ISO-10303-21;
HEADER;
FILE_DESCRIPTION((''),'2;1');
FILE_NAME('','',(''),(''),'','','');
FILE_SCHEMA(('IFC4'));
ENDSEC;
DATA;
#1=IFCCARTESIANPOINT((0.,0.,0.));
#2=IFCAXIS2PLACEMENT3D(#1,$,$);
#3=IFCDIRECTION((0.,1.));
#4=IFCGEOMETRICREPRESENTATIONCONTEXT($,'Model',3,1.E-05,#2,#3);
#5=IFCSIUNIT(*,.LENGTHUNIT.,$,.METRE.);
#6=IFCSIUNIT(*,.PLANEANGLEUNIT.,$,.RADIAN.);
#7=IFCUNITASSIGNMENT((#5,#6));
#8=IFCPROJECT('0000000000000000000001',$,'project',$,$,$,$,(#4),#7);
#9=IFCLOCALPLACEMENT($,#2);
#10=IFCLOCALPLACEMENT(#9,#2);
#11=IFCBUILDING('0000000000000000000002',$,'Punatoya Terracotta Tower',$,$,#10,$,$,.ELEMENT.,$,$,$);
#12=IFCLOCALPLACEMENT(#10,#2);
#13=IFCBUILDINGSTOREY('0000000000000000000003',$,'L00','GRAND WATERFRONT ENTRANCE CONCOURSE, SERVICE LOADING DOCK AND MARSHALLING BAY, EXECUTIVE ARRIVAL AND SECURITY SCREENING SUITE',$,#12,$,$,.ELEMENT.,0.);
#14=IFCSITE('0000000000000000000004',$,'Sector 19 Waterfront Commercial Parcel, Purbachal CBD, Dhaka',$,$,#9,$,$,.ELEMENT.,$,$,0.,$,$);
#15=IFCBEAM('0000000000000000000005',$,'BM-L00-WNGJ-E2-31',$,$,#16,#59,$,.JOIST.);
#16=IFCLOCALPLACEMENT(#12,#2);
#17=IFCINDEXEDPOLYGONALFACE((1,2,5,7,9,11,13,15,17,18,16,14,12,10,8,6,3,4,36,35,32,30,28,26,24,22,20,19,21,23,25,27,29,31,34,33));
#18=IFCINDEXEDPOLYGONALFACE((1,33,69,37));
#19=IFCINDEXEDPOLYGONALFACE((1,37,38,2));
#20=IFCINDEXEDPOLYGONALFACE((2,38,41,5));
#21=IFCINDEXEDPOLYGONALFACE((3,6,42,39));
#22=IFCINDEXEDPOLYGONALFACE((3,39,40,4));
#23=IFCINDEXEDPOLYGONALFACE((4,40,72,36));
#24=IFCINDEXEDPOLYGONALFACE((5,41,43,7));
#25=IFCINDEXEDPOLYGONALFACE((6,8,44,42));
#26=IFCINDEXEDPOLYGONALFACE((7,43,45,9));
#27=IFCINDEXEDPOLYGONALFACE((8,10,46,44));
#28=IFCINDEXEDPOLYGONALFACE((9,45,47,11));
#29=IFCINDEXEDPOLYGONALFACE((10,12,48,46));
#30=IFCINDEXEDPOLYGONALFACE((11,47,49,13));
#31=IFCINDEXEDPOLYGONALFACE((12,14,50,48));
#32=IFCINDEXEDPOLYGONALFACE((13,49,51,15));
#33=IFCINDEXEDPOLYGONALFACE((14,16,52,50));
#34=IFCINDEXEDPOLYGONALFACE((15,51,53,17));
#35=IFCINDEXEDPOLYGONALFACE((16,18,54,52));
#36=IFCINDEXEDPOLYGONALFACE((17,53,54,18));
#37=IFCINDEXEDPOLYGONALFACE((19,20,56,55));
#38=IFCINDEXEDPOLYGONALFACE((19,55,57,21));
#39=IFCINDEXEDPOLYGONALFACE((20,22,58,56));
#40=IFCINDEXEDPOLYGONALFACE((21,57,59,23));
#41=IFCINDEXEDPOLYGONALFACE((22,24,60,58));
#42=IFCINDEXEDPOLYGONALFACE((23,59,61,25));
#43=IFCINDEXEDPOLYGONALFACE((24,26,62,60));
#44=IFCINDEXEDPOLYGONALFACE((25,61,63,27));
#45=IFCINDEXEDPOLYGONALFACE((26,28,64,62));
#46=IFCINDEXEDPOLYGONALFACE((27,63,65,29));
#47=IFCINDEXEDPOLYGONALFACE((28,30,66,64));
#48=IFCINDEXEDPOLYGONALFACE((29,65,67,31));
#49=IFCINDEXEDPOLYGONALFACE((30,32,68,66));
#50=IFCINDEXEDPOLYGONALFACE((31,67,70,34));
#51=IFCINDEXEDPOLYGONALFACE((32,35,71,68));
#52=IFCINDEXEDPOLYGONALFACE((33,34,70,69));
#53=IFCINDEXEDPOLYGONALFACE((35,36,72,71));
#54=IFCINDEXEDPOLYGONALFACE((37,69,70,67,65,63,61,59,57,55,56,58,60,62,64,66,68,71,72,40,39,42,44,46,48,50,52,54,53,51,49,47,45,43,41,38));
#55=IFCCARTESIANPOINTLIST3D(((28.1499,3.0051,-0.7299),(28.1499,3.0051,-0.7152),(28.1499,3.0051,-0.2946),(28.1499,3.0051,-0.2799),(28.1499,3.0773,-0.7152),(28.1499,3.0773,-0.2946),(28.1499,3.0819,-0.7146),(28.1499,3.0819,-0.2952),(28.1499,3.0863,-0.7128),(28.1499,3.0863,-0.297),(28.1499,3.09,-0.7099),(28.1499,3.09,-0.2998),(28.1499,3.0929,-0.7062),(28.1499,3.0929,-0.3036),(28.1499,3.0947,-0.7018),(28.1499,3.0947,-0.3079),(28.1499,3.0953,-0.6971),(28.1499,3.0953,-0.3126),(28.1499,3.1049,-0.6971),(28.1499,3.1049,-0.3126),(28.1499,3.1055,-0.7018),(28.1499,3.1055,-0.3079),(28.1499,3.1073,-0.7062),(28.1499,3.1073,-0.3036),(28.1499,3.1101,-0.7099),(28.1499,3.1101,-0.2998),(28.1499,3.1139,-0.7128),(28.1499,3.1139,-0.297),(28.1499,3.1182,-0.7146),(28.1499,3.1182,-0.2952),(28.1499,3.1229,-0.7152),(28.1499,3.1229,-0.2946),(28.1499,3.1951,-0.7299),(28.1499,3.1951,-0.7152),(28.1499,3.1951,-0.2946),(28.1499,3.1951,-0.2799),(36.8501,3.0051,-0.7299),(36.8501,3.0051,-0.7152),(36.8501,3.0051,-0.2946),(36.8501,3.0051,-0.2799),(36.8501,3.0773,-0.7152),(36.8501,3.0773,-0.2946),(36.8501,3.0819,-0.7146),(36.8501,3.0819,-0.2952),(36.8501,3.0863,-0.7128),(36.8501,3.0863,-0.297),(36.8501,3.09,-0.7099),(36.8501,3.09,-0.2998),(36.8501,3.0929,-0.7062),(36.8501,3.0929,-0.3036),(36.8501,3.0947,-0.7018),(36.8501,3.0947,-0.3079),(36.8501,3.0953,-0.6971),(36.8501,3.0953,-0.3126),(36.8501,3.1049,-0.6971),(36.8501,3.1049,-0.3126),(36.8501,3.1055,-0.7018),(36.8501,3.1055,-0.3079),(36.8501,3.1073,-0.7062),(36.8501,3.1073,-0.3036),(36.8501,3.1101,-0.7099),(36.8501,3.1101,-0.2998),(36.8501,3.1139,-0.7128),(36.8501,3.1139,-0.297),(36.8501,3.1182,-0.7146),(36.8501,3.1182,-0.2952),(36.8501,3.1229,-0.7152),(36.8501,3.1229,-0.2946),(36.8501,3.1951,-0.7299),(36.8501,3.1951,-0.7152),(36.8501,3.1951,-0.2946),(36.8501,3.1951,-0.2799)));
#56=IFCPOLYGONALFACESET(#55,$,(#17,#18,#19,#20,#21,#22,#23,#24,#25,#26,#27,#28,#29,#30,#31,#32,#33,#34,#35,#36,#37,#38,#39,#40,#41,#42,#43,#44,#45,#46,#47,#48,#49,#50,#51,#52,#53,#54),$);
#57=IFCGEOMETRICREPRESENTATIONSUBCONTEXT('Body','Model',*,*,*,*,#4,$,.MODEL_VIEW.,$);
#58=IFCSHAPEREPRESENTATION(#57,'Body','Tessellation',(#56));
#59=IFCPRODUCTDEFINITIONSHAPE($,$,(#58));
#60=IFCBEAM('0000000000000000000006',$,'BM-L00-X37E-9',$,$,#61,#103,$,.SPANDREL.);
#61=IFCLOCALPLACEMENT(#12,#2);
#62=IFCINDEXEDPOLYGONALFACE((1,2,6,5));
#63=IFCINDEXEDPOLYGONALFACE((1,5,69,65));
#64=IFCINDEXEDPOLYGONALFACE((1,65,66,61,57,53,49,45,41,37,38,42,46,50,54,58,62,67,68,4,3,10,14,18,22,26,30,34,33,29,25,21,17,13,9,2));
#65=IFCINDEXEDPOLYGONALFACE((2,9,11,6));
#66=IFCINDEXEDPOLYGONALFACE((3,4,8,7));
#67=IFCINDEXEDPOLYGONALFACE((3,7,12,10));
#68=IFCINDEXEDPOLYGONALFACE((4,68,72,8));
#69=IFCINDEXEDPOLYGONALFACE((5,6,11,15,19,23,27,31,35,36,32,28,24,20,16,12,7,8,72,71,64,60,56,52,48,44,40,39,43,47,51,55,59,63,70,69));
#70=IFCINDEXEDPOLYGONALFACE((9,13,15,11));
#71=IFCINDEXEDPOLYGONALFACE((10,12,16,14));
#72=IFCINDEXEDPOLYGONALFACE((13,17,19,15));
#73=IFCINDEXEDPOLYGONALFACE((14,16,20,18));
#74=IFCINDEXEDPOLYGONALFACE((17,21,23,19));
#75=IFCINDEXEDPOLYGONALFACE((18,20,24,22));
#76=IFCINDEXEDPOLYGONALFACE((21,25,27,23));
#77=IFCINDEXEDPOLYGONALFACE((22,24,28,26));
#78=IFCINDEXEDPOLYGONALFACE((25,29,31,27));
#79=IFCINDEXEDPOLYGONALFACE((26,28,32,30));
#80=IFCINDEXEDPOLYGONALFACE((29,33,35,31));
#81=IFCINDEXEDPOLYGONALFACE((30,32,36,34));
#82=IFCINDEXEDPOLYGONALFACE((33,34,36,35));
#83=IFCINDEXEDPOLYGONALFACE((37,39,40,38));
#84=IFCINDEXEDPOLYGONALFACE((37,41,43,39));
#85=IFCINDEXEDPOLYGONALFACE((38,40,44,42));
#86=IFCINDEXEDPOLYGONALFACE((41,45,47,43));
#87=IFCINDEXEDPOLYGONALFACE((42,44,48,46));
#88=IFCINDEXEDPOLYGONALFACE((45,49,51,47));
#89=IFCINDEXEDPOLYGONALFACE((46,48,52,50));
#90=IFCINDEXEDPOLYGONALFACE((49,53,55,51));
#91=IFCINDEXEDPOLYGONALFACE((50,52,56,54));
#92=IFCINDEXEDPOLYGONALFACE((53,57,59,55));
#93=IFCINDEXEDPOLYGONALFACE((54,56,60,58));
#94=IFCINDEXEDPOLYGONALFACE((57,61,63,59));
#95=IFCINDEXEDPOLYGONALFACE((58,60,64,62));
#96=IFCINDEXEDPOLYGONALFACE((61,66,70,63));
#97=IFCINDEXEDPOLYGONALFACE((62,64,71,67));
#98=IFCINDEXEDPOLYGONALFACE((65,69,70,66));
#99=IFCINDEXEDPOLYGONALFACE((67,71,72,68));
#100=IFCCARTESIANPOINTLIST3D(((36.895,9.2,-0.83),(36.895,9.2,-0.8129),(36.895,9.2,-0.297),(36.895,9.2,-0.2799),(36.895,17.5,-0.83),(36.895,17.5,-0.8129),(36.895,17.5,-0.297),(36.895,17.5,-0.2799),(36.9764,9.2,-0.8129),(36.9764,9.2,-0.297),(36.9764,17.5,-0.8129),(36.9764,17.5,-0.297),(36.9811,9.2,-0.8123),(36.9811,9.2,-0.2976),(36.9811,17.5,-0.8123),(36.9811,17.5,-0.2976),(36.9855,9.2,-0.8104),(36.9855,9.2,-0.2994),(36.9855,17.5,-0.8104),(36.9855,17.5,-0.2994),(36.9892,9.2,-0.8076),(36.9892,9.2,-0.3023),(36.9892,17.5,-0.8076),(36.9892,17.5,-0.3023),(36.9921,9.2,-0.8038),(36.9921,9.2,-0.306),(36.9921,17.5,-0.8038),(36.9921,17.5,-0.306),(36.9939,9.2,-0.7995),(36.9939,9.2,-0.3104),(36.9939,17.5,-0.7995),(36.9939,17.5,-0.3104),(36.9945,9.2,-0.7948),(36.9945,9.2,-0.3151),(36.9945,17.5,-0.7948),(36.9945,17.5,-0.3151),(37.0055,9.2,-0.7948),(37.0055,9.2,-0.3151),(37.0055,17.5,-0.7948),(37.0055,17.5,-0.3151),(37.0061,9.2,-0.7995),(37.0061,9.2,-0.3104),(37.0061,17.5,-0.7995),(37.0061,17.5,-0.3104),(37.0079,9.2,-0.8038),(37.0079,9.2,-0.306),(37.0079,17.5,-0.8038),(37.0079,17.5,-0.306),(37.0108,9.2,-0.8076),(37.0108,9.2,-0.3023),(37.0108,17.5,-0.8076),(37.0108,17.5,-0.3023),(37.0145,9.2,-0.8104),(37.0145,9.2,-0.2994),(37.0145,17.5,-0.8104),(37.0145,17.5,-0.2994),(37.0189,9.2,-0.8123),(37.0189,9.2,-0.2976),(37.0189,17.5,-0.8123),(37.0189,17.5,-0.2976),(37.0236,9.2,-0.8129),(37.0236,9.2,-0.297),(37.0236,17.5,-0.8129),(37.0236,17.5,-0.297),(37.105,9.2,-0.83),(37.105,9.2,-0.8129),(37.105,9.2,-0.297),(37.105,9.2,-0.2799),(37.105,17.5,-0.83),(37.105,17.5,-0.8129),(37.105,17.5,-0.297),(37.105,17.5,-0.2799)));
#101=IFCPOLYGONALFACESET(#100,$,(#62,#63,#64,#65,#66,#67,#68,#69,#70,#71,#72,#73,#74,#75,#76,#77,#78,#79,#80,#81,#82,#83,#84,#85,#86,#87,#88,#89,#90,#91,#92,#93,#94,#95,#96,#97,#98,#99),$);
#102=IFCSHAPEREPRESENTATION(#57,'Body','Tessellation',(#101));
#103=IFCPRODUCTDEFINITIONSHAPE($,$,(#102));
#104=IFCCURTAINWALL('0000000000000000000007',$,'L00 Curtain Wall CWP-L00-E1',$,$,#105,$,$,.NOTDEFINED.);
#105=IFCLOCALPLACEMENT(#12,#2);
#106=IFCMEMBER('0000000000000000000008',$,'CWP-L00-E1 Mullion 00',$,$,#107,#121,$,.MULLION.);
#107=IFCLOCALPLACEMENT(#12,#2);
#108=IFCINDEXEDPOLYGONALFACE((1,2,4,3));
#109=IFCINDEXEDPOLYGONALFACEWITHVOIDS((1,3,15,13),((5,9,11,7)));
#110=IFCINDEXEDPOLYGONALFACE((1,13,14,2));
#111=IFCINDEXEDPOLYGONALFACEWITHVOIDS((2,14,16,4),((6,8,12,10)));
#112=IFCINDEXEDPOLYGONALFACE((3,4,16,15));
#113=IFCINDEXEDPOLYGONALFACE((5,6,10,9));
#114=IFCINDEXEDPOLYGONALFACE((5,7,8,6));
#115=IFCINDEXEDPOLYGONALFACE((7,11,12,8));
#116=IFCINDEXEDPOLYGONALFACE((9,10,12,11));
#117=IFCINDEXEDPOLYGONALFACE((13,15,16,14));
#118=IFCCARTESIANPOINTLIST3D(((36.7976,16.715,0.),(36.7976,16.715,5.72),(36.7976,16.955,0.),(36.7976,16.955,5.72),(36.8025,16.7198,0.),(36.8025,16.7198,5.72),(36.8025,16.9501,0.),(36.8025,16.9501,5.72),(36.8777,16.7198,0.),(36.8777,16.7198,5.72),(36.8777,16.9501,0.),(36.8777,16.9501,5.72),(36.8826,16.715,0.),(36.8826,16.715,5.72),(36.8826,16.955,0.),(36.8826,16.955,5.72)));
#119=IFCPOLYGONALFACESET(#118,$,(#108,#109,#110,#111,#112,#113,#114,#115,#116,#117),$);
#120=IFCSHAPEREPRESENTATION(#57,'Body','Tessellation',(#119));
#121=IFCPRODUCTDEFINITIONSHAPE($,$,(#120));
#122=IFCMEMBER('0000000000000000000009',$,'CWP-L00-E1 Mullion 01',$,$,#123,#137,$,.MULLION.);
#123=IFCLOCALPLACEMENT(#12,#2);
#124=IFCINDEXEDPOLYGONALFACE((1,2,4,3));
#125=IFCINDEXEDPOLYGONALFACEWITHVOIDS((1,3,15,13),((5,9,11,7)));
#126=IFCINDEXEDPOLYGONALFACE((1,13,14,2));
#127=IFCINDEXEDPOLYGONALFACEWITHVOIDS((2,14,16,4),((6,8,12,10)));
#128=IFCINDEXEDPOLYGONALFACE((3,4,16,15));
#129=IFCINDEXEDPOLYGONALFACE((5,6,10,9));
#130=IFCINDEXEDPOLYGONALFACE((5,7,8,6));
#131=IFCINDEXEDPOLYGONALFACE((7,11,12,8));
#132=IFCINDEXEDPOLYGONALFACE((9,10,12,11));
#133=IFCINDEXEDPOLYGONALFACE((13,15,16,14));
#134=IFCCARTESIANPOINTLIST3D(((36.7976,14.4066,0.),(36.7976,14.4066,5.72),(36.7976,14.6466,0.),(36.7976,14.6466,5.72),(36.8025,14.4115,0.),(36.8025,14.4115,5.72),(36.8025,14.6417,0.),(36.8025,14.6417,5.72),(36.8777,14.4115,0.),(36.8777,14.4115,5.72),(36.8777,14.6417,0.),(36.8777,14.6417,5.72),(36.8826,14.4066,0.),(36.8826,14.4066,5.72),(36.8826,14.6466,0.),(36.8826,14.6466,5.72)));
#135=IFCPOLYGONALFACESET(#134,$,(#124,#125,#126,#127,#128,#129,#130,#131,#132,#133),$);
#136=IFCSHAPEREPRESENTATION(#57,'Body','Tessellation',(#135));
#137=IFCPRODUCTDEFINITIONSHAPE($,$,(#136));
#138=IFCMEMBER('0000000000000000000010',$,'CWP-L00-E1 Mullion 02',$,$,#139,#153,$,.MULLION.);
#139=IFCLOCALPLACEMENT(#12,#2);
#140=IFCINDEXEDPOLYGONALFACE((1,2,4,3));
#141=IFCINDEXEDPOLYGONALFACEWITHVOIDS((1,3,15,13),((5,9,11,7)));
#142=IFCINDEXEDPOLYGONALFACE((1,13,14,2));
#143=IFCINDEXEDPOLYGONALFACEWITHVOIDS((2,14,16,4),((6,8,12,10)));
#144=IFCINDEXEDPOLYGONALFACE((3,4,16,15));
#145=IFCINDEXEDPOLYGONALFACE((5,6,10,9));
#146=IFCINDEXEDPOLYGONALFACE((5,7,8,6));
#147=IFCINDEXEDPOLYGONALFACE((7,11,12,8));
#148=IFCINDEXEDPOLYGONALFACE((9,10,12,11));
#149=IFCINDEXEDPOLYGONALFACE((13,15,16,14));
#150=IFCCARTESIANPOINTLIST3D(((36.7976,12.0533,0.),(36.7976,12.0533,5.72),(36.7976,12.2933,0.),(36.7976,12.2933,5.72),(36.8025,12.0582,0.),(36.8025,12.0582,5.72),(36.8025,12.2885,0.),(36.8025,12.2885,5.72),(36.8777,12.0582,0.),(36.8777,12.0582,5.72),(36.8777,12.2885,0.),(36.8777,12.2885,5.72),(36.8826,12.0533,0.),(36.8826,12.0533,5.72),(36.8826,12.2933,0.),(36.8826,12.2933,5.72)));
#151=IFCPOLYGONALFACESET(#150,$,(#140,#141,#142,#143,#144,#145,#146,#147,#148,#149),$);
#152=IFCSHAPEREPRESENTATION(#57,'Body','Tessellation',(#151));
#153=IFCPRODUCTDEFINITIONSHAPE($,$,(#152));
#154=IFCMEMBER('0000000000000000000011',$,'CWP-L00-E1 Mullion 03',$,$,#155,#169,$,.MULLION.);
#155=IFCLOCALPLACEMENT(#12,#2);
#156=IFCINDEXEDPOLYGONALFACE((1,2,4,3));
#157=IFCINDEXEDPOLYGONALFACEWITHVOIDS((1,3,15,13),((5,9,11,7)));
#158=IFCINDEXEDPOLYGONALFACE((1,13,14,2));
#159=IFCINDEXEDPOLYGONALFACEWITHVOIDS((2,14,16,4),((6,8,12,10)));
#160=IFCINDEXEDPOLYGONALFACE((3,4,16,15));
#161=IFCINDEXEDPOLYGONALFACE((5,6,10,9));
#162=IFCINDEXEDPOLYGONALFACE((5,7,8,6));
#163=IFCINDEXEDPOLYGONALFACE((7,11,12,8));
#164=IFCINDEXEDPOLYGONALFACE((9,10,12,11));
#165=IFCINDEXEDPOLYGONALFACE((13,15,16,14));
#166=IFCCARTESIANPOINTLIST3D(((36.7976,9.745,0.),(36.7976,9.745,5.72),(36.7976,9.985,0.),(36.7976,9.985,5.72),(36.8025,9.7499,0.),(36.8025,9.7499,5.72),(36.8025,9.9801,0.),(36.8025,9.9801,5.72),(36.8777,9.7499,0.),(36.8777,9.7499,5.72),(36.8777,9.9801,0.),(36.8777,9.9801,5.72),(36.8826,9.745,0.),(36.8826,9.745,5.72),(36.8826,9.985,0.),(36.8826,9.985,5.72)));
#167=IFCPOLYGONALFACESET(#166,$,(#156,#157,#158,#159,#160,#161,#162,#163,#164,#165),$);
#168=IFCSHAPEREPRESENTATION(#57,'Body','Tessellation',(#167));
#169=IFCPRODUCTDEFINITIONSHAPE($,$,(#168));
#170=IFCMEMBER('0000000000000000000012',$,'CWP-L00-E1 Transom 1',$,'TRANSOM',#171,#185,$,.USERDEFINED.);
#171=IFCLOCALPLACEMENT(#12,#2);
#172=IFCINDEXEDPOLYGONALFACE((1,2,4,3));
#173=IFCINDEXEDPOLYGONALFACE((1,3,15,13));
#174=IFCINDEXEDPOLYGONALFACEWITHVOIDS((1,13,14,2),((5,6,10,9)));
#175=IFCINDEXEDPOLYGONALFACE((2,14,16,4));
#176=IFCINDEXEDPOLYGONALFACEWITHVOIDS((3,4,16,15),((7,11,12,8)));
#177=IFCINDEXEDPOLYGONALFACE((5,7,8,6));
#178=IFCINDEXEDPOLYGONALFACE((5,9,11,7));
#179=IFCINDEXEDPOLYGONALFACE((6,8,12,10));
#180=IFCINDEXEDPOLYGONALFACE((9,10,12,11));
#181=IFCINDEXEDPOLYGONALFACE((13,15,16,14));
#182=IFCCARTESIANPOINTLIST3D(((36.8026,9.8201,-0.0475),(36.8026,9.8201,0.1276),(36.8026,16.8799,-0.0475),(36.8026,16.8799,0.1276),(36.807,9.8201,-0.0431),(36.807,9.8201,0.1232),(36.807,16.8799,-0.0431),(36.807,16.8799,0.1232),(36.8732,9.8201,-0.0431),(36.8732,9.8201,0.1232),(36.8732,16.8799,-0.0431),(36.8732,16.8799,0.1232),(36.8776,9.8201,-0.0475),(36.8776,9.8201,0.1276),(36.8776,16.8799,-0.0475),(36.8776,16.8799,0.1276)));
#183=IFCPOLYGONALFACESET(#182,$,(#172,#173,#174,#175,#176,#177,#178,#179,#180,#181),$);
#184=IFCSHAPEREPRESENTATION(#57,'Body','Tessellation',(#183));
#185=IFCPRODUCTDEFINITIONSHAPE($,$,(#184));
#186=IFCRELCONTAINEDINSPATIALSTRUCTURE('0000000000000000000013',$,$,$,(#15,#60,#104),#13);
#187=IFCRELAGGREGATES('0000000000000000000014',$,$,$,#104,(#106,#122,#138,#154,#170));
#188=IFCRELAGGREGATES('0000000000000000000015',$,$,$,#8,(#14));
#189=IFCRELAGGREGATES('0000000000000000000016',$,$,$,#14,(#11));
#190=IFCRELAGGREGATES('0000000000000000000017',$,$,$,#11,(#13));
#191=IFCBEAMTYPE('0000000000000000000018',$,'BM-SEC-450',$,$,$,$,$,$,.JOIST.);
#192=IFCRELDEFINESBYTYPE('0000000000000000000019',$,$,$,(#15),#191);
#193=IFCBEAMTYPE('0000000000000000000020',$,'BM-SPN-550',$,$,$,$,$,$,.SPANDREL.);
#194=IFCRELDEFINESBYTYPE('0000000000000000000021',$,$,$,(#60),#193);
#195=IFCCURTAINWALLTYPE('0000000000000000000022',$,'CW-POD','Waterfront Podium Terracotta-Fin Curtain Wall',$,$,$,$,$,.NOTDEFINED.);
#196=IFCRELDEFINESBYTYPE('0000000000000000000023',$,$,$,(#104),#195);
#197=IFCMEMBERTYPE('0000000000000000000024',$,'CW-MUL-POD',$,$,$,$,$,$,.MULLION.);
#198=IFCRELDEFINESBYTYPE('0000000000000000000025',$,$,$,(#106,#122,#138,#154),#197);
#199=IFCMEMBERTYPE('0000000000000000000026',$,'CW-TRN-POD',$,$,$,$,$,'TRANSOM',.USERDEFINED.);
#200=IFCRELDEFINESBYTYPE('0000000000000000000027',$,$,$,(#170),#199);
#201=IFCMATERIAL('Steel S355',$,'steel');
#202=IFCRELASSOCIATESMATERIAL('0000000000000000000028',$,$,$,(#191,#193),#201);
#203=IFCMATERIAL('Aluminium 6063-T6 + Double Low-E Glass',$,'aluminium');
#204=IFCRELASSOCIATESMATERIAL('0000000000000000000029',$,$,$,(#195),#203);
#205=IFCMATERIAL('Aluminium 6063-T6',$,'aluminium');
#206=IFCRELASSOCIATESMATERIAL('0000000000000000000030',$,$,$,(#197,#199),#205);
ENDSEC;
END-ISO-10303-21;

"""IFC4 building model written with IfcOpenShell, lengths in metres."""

from ifc_helpers import new_model, si_unit, direction, frame, origin, origin_2d, place, context, subcontext, project, spatial, hollow_rectangle, i_section, extrude, material, material_profile, profile_set, type_object, element, aggregate, save


model = new_model("IFC4")

# Units and contexts
model_context = context("Model", 3, precision=1e-05, world=origin(), true_north=direction((0.0, 1.0)))
body_context = subcontext(model_context, "Body", "Model", "MODEL_VIEW")
ifc_project = project(units=[si_unit("LENGTHUNIT", "METRE"), si_unit("PLANEANGLEUNIT", "RADIAN")], contexts=[model_context])

# Site, building, storey
site_placement = place(None, origin())
site = spatial("IfcSite", under=ifc_project, at=site_placement, Name="Sector 19 Waterfront Commercial Parcel, Purbachal CBD, Dhaka", CompositionType="ELEMENT", RefElevation=0.0)
building_placement = place(site_placement, origin())
building = spatial("IfcBuilding", under=site, at=building_placement, Name="Punatoya Terracotta Tower", CompositionType="ELEMENT")
storey_placement = place(building_placement, origin())
storey = spatial("IfcBuildingStorey", under=building, at=storey_placement, Name="L00", Description="GRAND WATERFRONT ENTRANCE CONCOURSE, SERVICE LOADING DOCK AND MARSHALLING BAY, EXECUTIVE ARRIVAL AND SECURITY SCREENING SUITE", CompositionType="ELEMENT", Elevation=0.0)

# Beams
ifc_material_1 = material(Name="Steel S355", Category="steel")
ifc_material_profile_1 = material_profile(ifc_material_1, i_section(OverallWidth=0.1899, OverallDepth=0.45, WebThickness=0.0095, FlangeThickness=0.0146, FilletRadius=0.0181, at=origin_2d()))
ifc_profile_set_1 = profile_set([ifc_material_profile_1], Name="Steel S355")
beam_type_1 = type_object("IfcBeamType", Name="BM-SEC-450", PredefinedType="JOIST", material=ifc_profile_set_1)
beam_1_placement = place(storey_placement, frame((28.1499, 3.1001, -0.5049), z_axis=(1.0, 0.0, 0.0), x_axis=(0.0, 1.0, 0.0)))
element("IfcBeam", 1, at=beam_1_placement, inside=storey, type_object=beam_type_1, Name="BM-L00-WNGJ-E2-31", PredefinedType="JOIST", context=body_context, shape_type="SweptSolid", body=[
    extrude(i_section(OverallWidth=0.1899, OverallDepth=0.45, WebThickness=0.0095, FlangeThickness=0.0146, FilletRadius=0.0181, at=origin_2d()), origin(), (0.0, 0.0, 1.0), 8.7002),
])
ifc_material_profile_2 = material_profile(ifc_material_1, i_section(OverallWidth=0.21, OverallDepth=0.55, WebThickness=0.011, FlangeThickness=0.0171, FilletRadius=0.0181, at=origin_2d()))
ifc_profile_set_2 = profile_set([ifc_material_profile_2], Name="Steel S355")
beam_type_2 = type_object("IfcBeamType", Name="BM-SPN-550", PredefinedType="SPANDREL", material=ifc_profile_set_2)
beam_2_placement = place(storey_placement, frame((37.0, 9.2, -0.5549), z_axis=(0.0, 1.0, 0.0), x_axis=(-1.0, 0.0, 0.0)))
element("IfcBeam", 2, at=beam_2_placement, inside=storey, type_object=beam_type_2, Name="BM-L00-X37E-9", PredefinedType="SPANDREL", context=body_context, shape_type="SweptSolid", body=[
    extrude(i_section(OverallWidth=0.21, OverallDepth=0.55, WebThickness=0.011, FlangeThickness=0.0171, FilletRadius=0.0181, at=origin_2d()), origin(), (0.0, 0.0, 1.0), 8.3),
])

# Curtain wall, members
ifc_material_2 = material(Name="Aluminium 6063-T6 + Double Low-E Glass", Category="aluminium")
curtain_wall_type = type_object("IfcCurtainWallType", Name="CW-POD", Description="Waterfront Podium Terracotta-Fin Curtain Wall", PredefinedType="NOTDEFINED", material=ifc_material_2)
curtain_wall_placement = place(storey_placement, origin())
curtain_wall = element("IfcCurtainWall", 3, at=curtain_wall_placement, inside=storey, type_object=curtain_wall_type, Name="L00 Curtain Wall CWP-L00-E1", PredefinedType="NOTDEFINED")
ifc_material_3 = material(Name="Aluminium 6063-T6", Category="aluminium")
ifc_material_profile_3 = material_profile(ifc_material_3, hollow_rectangle(XDim=0.085, YDim=0.24, WallThickness=0.0049, at=origin_2d()))
ifc_profile_set_3 = profile_set([ifc_material_profile_3], Name="Aluminium 6063-T6")
member_type_1 = type_object("IfcMemberType", Name="CW-MUL-POD", PredefinedType="MULLION", material=ifc_profile_set_3)
member_1_placement = place(storey_placement, frame((36.8401, 16.835, 0.0), z_axis=(0.0, 0.0, 1.0), x_axis=(1.0, 0.0, 0.0)))
member_1 = element("IfcMember", 4, at=member_1_placement, type_object=member_type_1, Name="CWP-L00-E1 Mullion 00", PredefinedType="MULLION", context=body_context, shape_type="SweptSolid", body=[
    extrude(hollow_rectangle(XDim=0.085, YDim=0.24, WallThickness=0.0049, at=origin_2d()), origin(), (0.0, 0.0, 1.0), 5.72),
])
member_2_placement = place(storey_placement, frame((36.8401, 14.5266, 0.0), z_axis=(0.0, 0.0, 1.0), x_axis=(1.0, 0.0, 0.0)))
member_2 = element("IfcMember", 5, at=member_2_placement, type_object=member_type_1, Name="CWP-L00-E1 Mullion 01", PredefinedType="MULLION", context=body_context, shape_type="SweptSolid", body=[
    extrude(hollow_rectangle(XDim=0.085, YDim=0.24, WallThickness=0.0049, at=origin_2d()), origin(), (0.0, 0.0, 1.0), 5.72),
])
member_3_placement = place(storey_placement, frame((36.8401, 12.1733, 0.0), z_axis=(0.0, 0.0, 1.0), x_axis=(1.0, 0.0, 0.0)))
member_3 = element("IfcMember", 6, at=member_3_placement, type_object=member_type_1, Name="CWP-L00-E1 Mullion 02", PredefinedType="MULLION", context=body_context, shape_type="SweptSolid", body=[
    extrude(hollow_rectangle(XDim=0.085, YDim=0.24, WallThickness=0.0049, at=origin_2d()), origin(), (0.0, 0.0, 1.0), 5.72),
])
member_4_placement = place(storey_placement, frame((36.8401, 9.865, 0.0), z_axis=(0.0, 0.0, 1.0), x_axis=(1.0, 0.0, 0.0)))
member_4 = element("IfcMember", 7, at=member_4_placement, type_object=member_type_1, Name="CWP-L00-E1 Mullion 03", PredefinedType="MULLION", context=body_context, shape_type="SweptSolid", body=[
    extrude(hollow_rectangle(XDim=0.085, YDim=0.24, WallThickness=0.0049, at=origin_2d()), origin(), (0.0, 0.0, 1.0), 5.72),
])
ifc_material_profile_4 = material_profile(ifc_material_3, hollow_rectangle(XDim=0.075, YDim=0.175, WallThickness=0.0044, at=origin_2d()))
ifc_profile_set_4 = profile_set([ifc_material_profile_4], Name="Aluminium 6063-T6")
member_type_2 = type_object("IfcMemberType", Name="CW-TRN-POD", ElementType="TRANSOM", PredefinedType="USERDEFINED", material=ifc_profile_set_4)
member_5_placement = place(storey_placement, frame((36.8401, 16.8799, 0.04), z_axis=(0.0, -1.0, 0.0), x_axis=(1.0, 0.0, 0.0)))
member_5 = element("IfcMember", 8, at=member_5_placement, type_object=member_type_2, Name="CWP-L00-E1 Transom 1", ObjectType="TRANSOM", PredefinedType="USERDEFINED", context=body_context, shape_type="SweptSolid", body=[
    extrude(hollow_rectangle(XDim=0.075, YDim=0.175, WallThickness=0.0044, at=origin_2d()), origin(), (0.0, 0.0, 1.0), 7.0598),
])

aggregate(curtain_wall, [member_1, member_2, member_3, member_4, member_5])

save(model, "model.ifc")
